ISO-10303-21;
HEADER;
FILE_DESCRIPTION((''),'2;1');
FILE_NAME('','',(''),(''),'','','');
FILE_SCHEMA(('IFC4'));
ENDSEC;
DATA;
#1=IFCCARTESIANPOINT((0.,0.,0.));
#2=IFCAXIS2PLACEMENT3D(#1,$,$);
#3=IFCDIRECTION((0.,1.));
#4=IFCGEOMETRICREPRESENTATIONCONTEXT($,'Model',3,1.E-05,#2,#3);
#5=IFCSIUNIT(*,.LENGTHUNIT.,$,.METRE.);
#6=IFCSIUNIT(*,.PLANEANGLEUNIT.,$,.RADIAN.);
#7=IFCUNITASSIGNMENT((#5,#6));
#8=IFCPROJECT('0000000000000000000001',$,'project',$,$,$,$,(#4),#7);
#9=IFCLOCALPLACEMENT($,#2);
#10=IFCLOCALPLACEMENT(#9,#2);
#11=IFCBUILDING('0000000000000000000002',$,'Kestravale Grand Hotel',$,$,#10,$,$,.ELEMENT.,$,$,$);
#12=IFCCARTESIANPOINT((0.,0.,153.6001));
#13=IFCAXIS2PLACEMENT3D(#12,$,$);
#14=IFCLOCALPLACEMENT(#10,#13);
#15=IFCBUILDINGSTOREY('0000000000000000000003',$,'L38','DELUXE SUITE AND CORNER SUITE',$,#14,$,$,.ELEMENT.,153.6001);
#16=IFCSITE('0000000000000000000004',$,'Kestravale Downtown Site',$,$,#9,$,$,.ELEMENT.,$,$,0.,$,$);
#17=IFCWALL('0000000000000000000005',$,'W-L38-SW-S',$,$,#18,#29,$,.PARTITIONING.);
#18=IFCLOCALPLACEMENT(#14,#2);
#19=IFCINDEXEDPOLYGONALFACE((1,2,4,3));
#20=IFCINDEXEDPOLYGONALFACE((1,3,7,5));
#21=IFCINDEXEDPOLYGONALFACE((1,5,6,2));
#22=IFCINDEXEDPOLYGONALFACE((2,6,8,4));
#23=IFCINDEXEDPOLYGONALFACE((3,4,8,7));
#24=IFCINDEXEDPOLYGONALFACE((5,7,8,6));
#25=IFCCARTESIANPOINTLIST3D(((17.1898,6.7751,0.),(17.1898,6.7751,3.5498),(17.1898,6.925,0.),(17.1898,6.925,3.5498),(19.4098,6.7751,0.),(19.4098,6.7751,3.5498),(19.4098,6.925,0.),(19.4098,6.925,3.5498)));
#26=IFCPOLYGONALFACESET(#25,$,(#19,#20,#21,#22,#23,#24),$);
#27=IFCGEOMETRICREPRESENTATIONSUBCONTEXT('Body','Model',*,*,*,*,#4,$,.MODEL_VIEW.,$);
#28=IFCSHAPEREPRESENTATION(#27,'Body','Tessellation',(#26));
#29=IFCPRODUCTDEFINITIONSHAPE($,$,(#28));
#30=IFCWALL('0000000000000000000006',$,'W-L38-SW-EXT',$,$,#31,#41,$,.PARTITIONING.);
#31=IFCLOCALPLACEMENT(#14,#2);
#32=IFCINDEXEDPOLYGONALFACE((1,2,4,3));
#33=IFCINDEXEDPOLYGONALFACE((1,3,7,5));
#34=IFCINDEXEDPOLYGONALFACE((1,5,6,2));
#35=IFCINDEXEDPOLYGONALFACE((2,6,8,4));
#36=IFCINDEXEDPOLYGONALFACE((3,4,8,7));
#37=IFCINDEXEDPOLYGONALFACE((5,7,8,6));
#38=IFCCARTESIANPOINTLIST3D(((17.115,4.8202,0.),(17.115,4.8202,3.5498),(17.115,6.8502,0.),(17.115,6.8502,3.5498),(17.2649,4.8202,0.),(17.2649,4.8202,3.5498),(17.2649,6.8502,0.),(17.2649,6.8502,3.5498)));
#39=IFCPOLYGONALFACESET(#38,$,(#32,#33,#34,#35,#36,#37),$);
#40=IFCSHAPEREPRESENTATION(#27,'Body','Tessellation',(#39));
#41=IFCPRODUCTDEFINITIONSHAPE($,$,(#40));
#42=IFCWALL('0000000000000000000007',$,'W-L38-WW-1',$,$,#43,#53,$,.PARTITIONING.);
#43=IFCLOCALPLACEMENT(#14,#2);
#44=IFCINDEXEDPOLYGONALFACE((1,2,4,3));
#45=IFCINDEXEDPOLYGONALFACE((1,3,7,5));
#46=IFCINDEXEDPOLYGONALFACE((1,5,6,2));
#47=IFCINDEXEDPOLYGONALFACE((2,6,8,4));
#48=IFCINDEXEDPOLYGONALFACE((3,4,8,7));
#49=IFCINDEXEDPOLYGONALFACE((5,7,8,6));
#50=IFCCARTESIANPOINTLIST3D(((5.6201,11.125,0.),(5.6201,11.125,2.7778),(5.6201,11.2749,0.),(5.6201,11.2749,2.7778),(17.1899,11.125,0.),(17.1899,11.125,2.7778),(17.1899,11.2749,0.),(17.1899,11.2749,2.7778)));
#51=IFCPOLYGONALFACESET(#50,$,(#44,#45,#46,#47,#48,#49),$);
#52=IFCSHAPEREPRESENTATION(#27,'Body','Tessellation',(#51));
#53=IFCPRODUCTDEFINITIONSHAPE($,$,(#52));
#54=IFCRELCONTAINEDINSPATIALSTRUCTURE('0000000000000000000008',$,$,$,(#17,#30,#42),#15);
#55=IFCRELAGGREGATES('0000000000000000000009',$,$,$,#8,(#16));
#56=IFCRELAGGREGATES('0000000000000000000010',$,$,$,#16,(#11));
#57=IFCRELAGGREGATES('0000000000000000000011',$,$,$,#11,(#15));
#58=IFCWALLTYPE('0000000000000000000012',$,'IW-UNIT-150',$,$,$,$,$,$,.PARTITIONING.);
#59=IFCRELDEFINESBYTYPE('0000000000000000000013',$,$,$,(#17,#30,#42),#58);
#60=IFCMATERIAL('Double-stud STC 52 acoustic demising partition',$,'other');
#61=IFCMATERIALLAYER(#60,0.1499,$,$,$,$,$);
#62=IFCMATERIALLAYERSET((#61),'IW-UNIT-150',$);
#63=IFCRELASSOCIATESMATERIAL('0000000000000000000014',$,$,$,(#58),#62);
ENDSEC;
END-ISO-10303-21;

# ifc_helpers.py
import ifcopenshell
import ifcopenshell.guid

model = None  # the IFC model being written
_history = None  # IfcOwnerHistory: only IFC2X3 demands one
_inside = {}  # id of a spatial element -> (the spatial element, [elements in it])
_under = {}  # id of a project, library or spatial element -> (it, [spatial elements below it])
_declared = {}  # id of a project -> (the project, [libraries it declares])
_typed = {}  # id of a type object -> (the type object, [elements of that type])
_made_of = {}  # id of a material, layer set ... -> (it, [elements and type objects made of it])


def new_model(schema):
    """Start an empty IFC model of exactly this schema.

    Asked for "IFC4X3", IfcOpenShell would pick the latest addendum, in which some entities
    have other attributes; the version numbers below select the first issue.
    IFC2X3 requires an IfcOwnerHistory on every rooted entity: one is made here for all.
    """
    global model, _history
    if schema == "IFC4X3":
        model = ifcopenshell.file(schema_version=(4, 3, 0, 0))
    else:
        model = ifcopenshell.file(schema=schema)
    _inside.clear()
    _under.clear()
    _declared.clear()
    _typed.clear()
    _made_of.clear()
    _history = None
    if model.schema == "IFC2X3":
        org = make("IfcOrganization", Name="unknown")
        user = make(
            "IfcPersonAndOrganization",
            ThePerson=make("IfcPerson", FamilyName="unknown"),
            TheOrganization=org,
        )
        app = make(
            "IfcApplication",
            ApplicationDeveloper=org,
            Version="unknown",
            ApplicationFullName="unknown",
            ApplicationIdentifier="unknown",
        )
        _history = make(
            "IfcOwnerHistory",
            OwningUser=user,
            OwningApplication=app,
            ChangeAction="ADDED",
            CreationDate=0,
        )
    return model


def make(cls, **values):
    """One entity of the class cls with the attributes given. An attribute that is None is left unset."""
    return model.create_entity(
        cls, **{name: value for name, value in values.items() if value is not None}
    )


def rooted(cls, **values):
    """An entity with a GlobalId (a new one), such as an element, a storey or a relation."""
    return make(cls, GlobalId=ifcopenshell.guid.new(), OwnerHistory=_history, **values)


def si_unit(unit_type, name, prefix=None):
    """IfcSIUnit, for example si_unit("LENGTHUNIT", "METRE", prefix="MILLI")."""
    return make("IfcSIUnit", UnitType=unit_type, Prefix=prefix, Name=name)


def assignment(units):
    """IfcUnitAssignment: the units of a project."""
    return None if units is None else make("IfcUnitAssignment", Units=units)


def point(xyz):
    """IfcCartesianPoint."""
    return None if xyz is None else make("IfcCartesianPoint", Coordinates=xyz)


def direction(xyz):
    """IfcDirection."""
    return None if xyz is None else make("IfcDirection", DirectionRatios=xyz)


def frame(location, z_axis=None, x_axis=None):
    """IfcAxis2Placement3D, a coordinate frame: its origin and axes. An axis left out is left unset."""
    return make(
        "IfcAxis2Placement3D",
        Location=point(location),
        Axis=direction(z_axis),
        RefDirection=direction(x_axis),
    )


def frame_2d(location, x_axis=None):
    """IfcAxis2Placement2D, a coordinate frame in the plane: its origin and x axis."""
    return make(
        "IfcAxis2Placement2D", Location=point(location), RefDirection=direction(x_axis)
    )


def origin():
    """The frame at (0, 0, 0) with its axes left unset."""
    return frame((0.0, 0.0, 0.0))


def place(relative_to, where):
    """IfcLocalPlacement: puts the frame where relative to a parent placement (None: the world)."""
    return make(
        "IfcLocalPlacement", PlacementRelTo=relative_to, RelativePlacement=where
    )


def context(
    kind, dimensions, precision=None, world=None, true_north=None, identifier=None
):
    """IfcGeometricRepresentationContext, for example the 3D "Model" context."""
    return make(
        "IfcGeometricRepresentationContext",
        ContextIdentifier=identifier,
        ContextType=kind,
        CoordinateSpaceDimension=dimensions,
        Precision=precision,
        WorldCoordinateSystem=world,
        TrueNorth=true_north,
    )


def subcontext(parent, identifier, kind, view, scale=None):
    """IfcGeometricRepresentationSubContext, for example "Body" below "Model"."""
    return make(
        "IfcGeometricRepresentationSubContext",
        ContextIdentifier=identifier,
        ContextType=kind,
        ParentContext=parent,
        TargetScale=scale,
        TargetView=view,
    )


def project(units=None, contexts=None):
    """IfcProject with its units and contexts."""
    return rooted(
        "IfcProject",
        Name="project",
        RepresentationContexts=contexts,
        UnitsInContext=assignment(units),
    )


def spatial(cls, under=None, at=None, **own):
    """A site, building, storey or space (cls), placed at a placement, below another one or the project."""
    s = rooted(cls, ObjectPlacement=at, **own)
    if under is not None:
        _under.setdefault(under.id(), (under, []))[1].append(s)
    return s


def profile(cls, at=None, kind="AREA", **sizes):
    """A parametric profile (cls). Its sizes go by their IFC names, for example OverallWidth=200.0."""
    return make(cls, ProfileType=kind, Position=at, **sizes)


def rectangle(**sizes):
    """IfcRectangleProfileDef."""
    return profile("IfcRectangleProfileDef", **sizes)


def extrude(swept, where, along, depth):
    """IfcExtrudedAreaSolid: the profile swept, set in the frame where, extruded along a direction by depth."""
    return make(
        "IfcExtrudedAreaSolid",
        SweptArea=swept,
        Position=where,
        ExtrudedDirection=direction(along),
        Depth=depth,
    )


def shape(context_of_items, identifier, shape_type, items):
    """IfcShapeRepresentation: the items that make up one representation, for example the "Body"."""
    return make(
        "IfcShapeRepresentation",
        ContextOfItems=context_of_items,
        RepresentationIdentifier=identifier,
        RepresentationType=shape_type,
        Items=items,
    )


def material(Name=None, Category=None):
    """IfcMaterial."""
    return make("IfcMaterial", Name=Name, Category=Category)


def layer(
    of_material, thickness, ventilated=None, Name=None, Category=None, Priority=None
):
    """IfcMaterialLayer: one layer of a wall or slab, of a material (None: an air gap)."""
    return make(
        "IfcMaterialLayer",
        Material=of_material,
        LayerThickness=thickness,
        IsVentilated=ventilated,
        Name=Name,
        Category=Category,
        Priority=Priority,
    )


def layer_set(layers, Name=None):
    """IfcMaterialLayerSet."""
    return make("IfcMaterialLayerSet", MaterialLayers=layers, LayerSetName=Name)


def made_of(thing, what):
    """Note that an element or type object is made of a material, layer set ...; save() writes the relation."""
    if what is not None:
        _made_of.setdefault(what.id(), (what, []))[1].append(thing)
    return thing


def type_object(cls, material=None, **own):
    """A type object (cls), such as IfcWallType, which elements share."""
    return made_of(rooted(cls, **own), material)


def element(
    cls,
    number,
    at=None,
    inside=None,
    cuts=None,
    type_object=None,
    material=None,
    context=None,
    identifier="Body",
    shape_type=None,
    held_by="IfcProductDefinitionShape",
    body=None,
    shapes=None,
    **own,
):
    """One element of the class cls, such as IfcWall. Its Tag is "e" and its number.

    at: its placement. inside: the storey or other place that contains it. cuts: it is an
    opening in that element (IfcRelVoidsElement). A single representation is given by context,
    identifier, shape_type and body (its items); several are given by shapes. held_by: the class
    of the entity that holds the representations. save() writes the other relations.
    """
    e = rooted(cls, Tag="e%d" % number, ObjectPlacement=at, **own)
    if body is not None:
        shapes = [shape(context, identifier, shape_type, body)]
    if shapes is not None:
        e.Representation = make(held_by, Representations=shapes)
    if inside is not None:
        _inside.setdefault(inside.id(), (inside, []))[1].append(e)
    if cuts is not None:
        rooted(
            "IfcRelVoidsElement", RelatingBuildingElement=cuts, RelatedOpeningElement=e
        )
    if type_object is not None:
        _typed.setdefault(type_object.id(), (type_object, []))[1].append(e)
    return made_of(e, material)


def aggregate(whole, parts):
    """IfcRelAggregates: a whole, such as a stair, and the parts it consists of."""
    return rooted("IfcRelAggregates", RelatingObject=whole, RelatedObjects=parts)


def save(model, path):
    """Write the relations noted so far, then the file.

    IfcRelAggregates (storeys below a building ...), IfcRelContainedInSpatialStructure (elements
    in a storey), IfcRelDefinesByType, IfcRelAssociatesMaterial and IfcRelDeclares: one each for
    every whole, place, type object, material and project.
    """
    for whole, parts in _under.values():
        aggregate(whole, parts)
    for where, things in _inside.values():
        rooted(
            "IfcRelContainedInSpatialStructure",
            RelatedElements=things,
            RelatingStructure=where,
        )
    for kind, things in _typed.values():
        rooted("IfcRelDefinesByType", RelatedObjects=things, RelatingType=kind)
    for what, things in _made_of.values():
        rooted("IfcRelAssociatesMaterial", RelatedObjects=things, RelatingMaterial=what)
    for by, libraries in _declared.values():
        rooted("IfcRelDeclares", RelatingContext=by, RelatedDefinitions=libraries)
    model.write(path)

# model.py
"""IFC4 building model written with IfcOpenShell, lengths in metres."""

from ifc_helpers import new_model, si_unit, direction, frame, frame_2d, origin, place, context, subcontext, project, spatial, rectangle, extrude, material, layer, layer_set, type_object, element, save


model = new_model("IFC4")

# Units and contexts
model_context = context("Model", 3, precision=1e-05, world=origin(), true_north=direction((0.0, 1.0)))
body_context = subcontext(model_context, "Body", "Model", "MODEL_VIEW")
ifc_project = project(units=[si_unit("LENGTHUNIT", "METRE"), si_unit("PLANEANGLEUNIT", "RADIAN")], contexts=[model_context])

# Site, building, storey
site_placement = place(None, origin())
site = spatial("IfcSite", under=ifc_project, at=site_placement, Name="Kestravale Downtown Site", CompositionType="ELEMENT", RefElevation=0.0)
building_placement = place(site_placement, origin())
building = spatial("IfcBuilding", under=site, at=building_placement, Name="Kestravale Grand Hotel", CompositionType="ELEMENT")
storey_placement = place(building_placement, frame((0.0, 0.0, 153.6001)))
storey = spatial("IfcBuildingStorey", under=building, at=storey_placement, Name="L38", Description="DELUXE SUITE AND CORNER SUITE", CompositionType="ELEMENT", Elevation=153.6001)

# Walls
ifc_material_1 = material(Name="Double-stud STC 52 acoustic demising partition", Category="other")
ifc_layer_1 = layer(ifc_material_1, 0.1499)
ifc_layer_set_1 = layer_set([ifc_layer_1], Name="IW-UNIT-150")
wall_type_1 = type_object("IfcWallType", Name="IW-UNIT-150", PredefinedType="PARTITIONING", material=ifc_layer_set_1)
wall_1_placement = place(storey_placement, frame((17.1899, 6.8501, 0.0), z_axis=(0.0, 0.0, 1.0), x_axis=(1.0, 0.0, 0.0)))
element("IfcWall", 1, at=wall_1_placement, inside=storey, type_object=wall_type_1, Name="W-L38-SW-S", PredefinedType="PARTITIONING", context=body_context, shape_type="SweptSolid", body=[
    extrude(rectangle(XDim=2.22, YDim=0.1499, at=frame_2d((1.1099, 0.0))), origin(), (0.0, 0.0, 1.0), 3.5498),
])
wall_2_placement = place(storey_placement, frame((17.1899, 4.8201, 0.0), z_axis=(0.0, 0.0, 1.0), x_axis=(0.0, 1.0, 0.0)))
element("IfcWall", 2, at=wall_2_placement, inside=storey, type_object=wall_type_1, Name="W-L38-SW-EXT", PredefinedType="PARTITIONING", context=body_context, shape_type="SweptSolid", body=[
    extrude(rectangle(XDim=2.03, YDim=0.1499, at=frame_2d((1.0151, 0.0))), origin(), (0.0, 0.0, 1.0), 3.5498),
])
wall_3_placement = place(storey_placement, frame((5.6201, 11.2, 0.0), z_axis=(0.0, 0.0, 1.0), x_axis=(1.0, 0.0, 0.0)))
element("IfcWall", 3, at=wall_3_placement, inside=storey, type_object=wall_type_1, Name="W-L38-WW-1", PredefinedType="PARTITIONING", context=body_context, shape_type="SweptSolid", body=[
    extrude(rectangle(XDim=11.5698, YDim=0.1499, at=frame_2d((5.7849, 0.0))), origin(), (0.0, 0.0, 1.0), 2.7778),
])

save(model, "model.ifc")
